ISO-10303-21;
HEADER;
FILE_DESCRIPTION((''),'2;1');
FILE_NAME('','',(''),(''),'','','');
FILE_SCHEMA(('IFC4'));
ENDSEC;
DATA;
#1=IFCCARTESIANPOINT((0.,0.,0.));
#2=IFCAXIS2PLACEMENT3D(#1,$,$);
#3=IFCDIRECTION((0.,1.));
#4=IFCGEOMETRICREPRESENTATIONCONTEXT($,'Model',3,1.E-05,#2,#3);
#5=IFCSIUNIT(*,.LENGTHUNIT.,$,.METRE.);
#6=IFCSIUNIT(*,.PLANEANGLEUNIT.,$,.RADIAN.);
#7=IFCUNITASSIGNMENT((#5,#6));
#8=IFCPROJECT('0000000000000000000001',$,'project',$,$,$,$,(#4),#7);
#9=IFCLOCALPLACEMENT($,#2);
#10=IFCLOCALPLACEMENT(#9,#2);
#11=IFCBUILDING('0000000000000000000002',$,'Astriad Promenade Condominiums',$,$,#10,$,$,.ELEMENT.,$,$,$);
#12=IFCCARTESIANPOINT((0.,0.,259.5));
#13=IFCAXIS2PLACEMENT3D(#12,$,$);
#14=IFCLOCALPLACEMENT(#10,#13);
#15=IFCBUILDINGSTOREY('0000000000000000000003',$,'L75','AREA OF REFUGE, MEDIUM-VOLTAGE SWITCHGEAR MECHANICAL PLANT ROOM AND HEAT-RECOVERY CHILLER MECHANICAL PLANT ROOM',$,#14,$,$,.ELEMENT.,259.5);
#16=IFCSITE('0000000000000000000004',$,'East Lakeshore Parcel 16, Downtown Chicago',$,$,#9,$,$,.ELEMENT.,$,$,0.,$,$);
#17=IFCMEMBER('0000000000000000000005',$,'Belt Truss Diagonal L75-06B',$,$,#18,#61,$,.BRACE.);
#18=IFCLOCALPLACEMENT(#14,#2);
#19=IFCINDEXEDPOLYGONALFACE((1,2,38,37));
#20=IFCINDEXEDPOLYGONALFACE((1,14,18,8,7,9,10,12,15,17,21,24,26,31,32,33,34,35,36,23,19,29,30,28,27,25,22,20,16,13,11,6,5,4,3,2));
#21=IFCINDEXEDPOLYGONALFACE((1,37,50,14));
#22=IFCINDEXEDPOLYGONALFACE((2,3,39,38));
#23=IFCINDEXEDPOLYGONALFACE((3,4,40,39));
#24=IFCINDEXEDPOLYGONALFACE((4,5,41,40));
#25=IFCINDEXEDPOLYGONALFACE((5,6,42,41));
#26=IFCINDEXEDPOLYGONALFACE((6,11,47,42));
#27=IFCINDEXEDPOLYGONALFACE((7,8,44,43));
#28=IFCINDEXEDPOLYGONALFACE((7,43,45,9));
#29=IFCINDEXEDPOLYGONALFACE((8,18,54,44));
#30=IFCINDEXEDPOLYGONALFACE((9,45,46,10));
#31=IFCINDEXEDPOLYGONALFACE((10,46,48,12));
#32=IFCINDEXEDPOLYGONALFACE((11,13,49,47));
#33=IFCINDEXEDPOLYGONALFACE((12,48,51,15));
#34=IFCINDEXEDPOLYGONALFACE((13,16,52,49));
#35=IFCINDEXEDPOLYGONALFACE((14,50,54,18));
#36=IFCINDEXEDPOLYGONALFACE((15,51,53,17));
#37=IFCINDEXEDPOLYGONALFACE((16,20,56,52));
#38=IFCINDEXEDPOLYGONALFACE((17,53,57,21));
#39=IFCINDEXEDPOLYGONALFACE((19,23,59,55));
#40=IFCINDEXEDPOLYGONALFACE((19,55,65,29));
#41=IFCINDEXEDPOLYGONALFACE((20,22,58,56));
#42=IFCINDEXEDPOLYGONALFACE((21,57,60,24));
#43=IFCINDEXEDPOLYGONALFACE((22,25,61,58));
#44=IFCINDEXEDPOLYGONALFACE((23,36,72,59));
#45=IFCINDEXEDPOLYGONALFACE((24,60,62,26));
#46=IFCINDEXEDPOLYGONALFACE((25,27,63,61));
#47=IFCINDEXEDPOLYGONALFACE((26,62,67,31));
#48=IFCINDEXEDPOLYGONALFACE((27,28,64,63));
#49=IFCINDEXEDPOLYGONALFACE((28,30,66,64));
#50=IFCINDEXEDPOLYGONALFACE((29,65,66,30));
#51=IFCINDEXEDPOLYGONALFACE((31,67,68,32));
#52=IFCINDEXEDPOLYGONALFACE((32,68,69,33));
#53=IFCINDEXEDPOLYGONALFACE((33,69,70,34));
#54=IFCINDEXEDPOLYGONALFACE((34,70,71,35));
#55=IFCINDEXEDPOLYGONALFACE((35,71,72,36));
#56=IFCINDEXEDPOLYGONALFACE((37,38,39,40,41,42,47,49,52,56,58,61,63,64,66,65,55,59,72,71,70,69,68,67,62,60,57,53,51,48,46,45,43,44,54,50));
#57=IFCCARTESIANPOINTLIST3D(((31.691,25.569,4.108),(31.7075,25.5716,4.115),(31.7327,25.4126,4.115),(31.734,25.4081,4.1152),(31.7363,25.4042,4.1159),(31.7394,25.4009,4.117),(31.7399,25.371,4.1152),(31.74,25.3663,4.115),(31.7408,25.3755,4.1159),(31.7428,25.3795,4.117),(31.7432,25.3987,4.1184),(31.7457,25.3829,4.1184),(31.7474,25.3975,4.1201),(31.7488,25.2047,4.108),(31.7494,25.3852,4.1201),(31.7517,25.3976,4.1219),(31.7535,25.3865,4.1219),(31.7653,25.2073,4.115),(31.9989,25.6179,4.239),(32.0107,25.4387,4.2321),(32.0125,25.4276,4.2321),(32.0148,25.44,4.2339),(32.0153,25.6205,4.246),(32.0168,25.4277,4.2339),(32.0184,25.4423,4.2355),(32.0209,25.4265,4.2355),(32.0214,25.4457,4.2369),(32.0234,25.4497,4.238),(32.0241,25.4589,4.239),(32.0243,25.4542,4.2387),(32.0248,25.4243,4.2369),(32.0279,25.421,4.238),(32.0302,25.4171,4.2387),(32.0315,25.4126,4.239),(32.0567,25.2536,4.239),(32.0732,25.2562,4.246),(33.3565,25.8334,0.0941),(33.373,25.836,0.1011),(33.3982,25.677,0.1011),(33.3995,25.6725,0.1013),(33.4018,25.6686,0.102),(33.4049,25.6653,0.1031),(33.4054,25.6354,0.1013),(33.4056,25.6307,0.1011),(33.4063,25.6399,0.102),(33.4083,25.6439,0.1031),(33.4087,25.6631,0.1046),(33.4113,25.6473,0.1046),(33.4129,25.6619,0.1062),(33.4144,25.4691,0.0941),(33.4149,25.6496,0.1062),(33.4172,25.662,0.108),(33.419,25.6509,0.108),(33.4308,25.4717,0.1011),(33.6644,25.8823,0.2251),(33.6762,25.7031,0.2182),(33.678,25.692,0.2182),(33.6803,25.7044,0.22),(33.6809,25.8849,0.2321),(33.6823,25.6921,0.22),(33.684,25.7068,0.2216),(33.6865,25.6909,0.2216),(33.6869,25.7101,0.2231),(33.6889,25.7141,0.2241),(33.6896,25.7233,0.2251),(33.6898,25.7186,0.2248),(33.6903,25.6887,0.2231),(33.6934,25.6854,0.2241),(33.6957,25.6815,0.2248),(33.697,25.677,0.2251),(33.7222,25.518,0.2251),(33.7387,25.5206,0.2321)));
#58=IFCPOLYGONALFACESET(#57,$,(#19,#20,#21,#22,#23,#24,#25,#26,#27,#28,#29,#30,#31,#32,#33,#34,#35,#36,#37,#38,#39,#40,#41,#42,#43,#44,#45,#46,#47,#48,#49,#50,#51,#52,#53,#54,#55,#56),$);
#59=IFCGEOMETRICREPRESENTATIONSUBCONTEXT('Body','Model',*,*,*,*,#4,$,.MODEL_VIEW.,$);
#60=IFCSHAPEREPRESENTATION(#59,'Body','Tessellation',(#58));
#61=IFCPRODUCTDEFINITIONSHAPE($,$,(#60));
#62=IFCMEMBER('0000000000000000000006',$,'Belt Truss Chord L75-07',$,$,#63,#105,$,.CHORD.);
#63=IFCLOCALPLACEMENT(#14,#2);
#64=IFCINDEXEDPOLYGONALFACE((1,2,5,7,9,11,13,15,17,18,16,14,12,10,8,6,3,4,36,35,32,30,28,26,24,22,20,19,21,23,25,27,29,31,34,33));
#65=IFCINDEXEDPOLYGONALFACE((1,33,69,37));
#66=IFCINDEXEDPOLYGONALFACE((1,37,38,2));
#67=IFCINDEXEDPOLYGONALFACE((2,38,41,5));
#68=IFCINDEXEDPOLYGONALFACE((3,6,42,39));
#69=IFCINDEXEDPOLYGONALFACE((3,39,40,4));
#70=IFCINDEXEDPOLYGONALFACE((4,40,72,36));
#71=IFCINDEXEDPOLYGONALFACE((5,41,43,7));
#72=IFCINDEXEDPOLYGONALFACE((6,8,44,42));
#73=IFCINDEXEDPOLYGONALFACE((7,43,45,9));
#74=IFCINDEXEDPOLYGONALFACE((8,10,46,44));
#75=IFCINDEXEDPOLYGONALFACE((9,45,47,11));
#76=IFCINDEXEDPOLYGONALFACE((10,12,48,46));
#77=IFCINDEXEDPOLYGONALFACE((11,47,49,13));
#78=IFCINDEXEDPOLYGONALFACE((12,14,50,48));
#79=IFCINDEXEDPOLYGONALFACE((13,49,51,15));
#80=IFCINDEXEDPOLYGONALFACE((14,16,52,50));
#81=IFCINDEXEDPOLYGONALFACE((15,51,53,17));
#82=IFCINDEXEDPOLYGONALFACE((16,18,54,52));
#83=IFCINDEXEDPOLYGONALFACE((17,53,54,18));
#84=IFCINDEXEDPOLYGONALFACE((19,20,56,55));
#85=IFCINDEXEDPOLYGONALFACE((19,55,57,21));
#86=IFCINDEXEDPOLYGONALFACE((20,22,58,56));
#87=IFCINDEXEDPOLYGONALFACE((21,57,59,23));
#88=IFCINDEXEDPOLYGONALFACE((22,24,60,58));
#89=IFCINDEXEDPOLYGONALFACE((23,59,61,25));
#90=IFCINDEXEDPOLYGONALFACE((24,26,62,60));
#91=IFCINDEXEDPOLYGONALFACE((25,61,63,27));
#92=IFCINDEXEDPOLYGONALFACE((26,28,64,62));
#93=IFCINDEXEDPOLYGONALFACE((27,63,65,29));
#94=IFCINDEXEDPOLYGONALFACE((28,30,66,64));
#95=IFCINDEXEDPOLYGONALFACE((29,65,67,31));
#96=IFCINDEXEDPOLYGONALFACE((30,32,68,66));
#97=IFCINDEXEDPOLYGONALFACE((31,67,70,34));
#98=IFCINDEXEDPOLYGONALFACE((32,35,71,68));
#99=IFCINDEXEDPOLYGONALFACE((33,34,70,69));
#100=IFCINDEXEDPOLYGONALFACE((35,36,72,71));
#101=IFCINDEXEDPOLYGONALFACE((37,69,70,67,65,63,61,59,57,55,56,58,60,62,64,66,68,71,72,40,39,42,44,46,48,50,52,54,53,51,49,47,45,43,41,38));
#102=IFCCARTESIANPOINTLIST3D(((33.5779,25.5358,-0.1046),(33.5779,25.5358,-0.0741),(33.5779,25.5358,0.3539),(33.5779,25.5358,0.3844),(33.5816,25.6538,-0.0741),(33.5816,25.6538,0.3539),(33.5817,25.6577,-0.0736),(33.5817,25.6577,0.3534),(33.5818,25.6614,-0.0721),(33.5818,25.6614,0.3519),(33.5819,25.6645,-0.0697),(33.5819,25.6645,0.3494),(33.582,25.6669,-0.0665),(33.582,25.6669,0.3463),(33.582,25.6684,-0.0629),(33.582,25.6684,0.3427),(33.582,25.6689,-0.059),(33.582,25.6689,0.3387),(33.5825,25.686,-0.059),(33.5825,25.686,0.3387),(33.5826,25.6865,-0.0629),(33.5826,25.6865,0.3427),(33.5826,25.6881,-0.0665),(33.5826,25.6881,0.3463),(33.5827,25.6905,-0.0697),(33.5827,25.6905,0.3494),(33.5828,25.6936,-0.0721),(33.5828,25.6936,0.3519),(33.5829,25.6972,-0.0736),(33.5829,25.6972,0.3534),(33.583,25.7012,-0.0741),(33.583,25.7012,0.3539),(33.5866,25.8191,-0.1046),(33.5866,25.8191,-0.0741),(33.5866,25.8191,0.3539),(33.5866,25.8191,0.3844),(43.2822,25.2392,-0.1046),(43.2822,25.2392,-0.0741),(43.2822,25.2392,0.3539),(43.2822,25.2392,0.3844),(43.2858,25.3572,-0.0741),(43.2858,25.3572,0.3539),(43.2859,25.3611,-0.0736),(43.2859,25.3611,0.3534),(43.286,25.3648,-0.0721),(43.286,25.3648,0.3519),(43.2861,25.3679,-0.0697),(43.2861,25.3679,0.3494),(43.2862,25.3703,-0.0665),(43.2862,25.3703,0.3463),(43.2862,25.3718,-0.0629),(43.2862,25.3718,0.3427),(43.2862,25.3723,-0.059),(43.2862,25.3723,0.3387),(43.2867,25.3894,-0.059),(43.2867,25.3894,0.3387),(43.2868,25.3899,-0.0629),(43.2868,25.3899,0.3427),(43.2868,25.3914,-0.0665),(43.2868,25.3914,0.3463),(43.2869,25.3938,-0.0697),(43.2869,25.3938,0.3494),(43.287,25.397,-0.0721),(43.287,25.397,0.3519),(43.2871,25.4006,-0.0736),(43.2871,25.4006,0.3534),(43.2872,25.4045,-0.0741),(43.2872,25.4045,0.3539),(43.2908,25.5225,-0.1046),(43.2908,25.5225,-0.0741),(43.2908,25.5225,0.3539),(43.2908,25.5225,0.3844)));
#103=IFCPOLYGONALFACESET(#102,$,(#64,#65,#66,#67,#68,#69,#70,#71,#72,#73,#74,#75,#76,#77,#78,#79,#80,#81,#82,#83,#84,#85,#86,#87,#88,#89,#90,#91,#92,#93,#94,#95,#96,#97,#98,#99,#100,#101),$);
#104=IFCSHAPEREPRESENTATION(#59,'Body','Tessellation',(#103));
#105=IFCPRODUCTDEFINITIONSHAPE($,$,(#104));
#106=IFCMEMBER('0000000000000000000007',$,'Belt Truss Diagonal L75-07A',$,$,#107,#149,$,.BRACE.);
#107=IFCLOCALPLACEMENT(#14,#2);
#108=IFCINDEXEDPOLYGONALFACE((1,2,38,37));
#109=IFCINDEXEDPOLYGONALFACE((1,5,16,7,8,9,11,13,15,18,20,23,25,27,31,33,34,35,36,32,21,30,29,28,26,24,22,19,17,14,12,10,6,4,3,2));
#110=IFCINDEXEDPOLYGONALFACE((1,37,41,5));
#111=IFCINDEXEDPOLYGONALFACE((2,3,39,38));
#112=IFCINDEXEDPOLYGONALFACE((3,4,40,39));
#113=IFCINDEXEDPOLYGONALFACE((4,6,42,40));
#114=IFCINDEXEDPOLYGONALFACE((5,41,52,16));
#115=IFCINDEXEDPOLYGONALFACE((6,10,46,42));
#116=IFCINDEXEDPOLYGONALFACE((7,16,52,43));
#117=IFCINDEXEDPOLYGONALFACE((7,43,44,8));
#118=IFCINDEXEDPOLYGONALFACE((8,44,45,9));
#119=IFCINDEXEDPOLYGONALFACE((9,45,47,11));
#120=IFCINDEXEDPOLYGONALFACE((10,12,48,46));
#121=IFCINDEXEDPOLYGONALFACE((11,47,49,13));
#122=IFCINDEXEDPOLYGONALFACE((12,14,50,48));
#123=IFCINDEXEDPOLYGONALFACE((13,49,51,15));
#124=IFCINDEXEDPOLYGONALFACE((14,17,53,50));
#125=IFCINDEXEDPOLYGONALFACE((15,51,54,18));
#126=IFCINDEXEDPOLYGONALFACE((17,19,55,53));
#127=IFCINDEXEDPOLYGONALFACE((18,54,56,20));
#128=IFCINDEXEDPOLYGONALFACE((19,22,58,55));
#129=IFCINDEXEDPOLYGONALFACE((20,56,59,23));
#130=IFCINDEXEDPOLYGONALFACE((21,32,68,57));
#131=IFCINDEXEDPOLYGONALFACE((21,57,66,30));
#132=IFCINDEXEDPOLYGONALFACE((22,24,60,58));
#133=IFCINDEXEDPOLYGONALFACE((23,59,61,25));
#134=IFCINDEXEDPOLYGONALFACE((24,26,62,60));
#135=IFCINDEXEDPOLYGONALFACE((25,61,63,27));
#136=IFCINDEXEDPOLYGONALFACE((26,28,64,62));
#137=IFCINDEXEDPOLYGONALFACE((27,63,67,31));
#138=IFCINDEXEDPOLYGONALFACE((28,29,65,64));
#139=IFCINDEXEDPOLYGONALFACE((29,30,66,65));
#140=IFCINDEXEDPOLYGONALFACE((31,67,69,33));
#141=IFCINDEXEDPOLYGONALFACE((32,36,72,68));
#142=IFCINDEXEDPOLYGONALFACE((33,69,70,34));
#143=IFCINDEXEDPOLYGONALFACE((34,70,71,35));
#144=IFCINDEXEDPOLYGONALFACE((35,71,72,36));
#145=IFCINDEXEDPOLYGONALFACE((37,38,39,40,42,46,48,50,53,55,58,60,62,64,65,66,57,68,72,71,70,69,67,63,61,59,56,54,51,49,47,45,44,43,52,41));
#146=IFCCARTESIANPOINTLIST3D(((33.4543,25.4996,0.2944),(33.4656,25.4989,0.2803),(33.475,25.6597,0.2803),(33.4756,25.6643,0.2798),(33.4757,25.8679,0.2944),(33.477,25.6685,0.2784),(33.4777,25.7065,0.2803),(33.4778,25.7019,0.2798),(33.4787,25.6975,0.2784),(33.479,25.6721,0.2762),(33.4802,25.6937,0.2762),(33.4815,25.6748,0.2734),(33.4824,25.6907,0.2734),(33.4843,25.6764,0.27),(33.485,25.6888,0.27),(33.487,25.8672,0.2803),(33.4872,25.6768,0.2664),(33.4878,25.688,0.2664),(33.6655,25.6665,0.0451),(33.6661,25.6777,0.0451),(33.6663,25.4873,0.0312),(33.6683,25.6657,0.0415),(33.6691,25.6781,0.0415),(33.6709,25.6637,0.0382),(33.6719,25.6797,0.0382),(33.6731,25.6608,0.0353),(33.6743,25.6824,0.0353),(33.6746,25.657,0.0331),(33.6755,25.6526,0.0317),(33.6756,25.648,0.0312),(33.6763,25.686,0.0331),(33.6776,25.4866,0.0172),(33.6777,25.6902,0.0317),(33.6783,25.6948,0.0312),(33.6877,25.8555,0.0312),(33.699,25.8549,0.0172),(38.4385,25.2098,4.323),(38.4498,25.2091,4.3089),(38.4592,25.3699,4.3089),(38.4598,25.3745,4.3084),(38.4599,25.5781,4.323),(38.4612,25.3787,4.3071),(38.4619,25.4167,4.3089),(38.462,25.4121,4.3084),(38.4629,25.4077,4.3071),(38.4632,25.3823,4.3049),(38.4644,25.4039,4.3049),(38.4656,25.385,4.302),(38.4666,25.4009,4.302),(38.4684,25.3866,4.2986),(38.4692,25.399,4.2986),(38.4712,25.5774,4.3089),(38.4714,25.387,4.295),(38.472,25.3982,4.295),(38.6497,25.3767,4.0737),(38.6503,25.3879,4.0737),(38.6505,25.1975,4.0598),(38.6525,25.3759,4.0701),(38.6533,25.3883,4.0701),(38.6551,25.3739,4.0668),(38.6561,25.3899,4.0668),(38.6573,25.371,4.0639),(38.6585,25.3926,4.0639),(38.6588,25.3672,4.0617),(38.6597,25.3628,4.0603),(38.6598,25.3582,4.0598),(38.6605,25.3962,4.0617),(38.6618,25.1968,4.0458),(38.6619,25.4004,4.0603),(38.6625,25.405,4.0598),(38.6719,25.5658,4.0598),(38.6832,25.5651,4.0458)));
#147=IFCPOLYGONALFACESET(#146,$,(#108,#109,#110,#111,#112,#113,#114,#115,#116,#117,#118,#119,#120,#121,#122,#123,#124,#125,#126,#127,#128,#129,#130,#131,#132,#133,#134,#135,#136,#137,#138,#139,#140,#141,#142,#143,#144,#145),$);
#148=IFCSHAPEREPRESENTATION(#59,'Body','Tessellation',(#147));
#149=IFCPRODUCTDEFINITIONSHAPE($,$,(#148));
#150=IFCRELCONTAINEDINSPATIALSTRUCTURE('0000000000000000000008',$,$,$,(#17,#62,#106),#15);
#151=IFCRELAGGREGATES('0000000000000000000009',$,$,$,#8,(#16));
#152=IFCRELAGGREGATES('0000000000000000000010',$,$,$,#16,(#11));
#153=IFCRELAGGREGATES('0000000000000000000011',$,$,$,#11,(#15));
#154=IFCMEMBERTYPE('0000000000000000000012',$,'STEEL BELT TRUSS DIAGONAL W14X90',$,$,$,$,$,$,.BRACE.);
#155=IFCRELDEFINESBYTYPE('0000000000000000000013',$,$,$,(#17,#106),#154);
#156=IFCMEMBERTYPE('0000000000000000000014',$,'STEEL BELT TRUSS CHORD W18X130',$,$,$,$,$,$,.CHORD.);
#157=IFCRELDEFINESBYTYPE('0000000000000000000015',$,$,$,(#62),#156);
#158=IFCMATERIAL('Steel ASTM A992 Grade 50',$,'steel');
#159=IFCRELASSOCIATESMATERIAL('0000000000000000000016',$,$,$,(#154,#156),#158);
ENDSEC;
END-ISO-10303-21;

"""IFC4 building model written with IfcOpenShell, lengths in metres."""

from ifc_helpers import new_model, si_unit, direction, frame, origin, origin_2d, place, context, subcontext, project, spatial, i_section, extrude, source, transform, mapped, material, material_profile, profile_set, type_object, element, save


model = new_model("IFC4")

# Units and contexts
model_context = context("Model", 3, precision=1e-05, world=origin(), true_north=direction((0.0, 1.0)))
body_context = subcontext(model_context, "Body", "Model", "MODEL_VIEW")
ifc_project = project(units=[si_unit("LENGTHUNIT", "METRE"), si_unit("PLANEANGLEUNIT", "RADIAN")], contexts=[model_context])

# Site, building, storey
site_placement = place(None, origin())
site = spatial("IfcSite", under=ifc_project, at=site_placement, Name="East Lakeshore Parcel 16, Downtown Chicago", CompositionType="ELEMENT", RefElevation=0.0)
building_placement = place(site_placement, origin())
building = spatial("IfcBuilding", under=site, at=building_placement, Name="Astriad Promenade Condominiums", CompositionType="ELEMENT")
storey_placement = place(building_placement, frame((0.0, 0.0, 259.5)))
storey = spatial("IfcBuildingStorey", under=building, at=storey_placement, Name="L75", Description="AREA OF REFUGE, MEDIUM-VOLTAGE SWITCHGEAR MECHANICAL PLANT ROOM AND HEAT-RECOVERY CHILLER MECHANICAL PLANT ROOM", CompositionType="ELEMENT", Elevation=259.5)

# Shared definitions
ifc_material_1 = material(Name="Steel ASTM A992 Grade 50", Category="steel")

# Members
ifc_material_profile_1 = material_profile(ifc_material_1, i_section(OverallWidth=0.3689, OverallDepth=0.3562, WebThickness=0.0112, FlangeThickness=0.0181, FilletRadius=0.0178, at=origin_2d()), Name="W14X90")
ifc_profile_set_1 = profile_set([ifc_material_profile_1], Name="Steel ASTM A992 Grade 50")
member_type_1 = type_object("IfcMemberType", Name="STEEL BELT TRUSS DIAGONAL W14X90", PredefinedType="BRACE", material=ifc_profile_set_1)
shared_shape_1 = source(origin(), body_context, "Body", "SweptSolid", [
    extrude(i_section(OverallWidth=0.3689, OverallDepth=0.3562, WebThickness=0.0112, FlangeThickness=0.0181, FilletRadius=0.0178, at=origin_2d()), origin(), (0.0, 0.0, 1.0), 4.3538),
])
member_1_placement = place(storey_placement, frame((33.5476, 25.677, 0.1631), z_axis=(-0.382547, -0.06073, 0.921938), x_axis=(0.156788, -0.987632, 0.0)))
element("IfcMember", 1, at=member_1_placement, inside=storey, type_object=member_type_1, Name="Belt Truss Diagonal L75-06B", PredefinedType="BRACE", context=body_context, shape_type="MappedRepresentation", body=[
    mapped(shared_shape_1, transform((0.0, 0.0, 0.0), scale=1.0)),
])
ifc_material_profile_2 = material_profile(ifc_material_1, i_section(OverallWidth=0.2834, OverallDepth=0.489, WebThickness=0.0171, FlangeThickness=0.0305, FilletRadius=0.0151, at=origin_2d()), Name="W18X130")
ifc_profile_set_2 = profile_set([ifc_material_profile_2], Name="Steel ASTM A992 Grade 50")
member_type_2 = type_object("IfcMemberType", Name="STEEL BELT TRUSS CHORD W18X130", PredefinedType="CHORD", material=ifc_profile_set_2)
shared_shape_2 = source(origin(), body_context, "Body", "SweptSolid", [
    extrude(i_section(OverallWidth=0.2834, OverallDepth=0.489, WebThickness=0.0171, FlangeThickness=0.0305, FilletRadius=0.0151, at=origin_2d()), origin(), (0.0, 0.0, 1.0), 9.7087),
])
member_2_placement = place(storey_placement, frame((33.5823, 25.6775, 0.1399), z_axis=(0.999533, -0.030553, 0.0), x_axis=(0.030553, 0.999533, 0.0)))
element("IfcMember", 2, at=member_2_placement, inside=storey, type_object=member_type_2, Name="Belt Truss Chord L75-07", PredefinedType="CHORD", context=body_context, shape_type="MappedRepresentation", body=[
    mapped(shared_shape_2, transform((0.0, 0.0, 0.0), scale=1.0)),
])
shared_shape_3 = source(origin(), body_context, "Body", "SweptSolid", [
    extrude(i_section(OverallWidth=0.3689, OverallDepth=0.3562, WebThickness=0.0112, FlangeThickness=0.0181, FilletRadius=0.0178, at=origin_2d()), origin(), (0.0, 0.0, 1.0), 6.4153),
])
member_3_placement = place(storey_placement, frame((33.5767, 25.6772, 0.1558), z_axis=(0.776924, -0.045173, 0.627971), x_axis=(0.058045, 0.998314, 0.0)))
element("IfcMember", 3, at=member_3_placement, inside=storey, type_object=member_type_1, Name="Belt Truss Diagonal L75-07A", PredefinedType="BRACE", context=body_context, shape_type="MappedRepresentation", body=[
    mapped(shared_shape_3, transform((0.0, 0.0, 0.0), scale=1.0)),
])

save(model, "model.ifc")
